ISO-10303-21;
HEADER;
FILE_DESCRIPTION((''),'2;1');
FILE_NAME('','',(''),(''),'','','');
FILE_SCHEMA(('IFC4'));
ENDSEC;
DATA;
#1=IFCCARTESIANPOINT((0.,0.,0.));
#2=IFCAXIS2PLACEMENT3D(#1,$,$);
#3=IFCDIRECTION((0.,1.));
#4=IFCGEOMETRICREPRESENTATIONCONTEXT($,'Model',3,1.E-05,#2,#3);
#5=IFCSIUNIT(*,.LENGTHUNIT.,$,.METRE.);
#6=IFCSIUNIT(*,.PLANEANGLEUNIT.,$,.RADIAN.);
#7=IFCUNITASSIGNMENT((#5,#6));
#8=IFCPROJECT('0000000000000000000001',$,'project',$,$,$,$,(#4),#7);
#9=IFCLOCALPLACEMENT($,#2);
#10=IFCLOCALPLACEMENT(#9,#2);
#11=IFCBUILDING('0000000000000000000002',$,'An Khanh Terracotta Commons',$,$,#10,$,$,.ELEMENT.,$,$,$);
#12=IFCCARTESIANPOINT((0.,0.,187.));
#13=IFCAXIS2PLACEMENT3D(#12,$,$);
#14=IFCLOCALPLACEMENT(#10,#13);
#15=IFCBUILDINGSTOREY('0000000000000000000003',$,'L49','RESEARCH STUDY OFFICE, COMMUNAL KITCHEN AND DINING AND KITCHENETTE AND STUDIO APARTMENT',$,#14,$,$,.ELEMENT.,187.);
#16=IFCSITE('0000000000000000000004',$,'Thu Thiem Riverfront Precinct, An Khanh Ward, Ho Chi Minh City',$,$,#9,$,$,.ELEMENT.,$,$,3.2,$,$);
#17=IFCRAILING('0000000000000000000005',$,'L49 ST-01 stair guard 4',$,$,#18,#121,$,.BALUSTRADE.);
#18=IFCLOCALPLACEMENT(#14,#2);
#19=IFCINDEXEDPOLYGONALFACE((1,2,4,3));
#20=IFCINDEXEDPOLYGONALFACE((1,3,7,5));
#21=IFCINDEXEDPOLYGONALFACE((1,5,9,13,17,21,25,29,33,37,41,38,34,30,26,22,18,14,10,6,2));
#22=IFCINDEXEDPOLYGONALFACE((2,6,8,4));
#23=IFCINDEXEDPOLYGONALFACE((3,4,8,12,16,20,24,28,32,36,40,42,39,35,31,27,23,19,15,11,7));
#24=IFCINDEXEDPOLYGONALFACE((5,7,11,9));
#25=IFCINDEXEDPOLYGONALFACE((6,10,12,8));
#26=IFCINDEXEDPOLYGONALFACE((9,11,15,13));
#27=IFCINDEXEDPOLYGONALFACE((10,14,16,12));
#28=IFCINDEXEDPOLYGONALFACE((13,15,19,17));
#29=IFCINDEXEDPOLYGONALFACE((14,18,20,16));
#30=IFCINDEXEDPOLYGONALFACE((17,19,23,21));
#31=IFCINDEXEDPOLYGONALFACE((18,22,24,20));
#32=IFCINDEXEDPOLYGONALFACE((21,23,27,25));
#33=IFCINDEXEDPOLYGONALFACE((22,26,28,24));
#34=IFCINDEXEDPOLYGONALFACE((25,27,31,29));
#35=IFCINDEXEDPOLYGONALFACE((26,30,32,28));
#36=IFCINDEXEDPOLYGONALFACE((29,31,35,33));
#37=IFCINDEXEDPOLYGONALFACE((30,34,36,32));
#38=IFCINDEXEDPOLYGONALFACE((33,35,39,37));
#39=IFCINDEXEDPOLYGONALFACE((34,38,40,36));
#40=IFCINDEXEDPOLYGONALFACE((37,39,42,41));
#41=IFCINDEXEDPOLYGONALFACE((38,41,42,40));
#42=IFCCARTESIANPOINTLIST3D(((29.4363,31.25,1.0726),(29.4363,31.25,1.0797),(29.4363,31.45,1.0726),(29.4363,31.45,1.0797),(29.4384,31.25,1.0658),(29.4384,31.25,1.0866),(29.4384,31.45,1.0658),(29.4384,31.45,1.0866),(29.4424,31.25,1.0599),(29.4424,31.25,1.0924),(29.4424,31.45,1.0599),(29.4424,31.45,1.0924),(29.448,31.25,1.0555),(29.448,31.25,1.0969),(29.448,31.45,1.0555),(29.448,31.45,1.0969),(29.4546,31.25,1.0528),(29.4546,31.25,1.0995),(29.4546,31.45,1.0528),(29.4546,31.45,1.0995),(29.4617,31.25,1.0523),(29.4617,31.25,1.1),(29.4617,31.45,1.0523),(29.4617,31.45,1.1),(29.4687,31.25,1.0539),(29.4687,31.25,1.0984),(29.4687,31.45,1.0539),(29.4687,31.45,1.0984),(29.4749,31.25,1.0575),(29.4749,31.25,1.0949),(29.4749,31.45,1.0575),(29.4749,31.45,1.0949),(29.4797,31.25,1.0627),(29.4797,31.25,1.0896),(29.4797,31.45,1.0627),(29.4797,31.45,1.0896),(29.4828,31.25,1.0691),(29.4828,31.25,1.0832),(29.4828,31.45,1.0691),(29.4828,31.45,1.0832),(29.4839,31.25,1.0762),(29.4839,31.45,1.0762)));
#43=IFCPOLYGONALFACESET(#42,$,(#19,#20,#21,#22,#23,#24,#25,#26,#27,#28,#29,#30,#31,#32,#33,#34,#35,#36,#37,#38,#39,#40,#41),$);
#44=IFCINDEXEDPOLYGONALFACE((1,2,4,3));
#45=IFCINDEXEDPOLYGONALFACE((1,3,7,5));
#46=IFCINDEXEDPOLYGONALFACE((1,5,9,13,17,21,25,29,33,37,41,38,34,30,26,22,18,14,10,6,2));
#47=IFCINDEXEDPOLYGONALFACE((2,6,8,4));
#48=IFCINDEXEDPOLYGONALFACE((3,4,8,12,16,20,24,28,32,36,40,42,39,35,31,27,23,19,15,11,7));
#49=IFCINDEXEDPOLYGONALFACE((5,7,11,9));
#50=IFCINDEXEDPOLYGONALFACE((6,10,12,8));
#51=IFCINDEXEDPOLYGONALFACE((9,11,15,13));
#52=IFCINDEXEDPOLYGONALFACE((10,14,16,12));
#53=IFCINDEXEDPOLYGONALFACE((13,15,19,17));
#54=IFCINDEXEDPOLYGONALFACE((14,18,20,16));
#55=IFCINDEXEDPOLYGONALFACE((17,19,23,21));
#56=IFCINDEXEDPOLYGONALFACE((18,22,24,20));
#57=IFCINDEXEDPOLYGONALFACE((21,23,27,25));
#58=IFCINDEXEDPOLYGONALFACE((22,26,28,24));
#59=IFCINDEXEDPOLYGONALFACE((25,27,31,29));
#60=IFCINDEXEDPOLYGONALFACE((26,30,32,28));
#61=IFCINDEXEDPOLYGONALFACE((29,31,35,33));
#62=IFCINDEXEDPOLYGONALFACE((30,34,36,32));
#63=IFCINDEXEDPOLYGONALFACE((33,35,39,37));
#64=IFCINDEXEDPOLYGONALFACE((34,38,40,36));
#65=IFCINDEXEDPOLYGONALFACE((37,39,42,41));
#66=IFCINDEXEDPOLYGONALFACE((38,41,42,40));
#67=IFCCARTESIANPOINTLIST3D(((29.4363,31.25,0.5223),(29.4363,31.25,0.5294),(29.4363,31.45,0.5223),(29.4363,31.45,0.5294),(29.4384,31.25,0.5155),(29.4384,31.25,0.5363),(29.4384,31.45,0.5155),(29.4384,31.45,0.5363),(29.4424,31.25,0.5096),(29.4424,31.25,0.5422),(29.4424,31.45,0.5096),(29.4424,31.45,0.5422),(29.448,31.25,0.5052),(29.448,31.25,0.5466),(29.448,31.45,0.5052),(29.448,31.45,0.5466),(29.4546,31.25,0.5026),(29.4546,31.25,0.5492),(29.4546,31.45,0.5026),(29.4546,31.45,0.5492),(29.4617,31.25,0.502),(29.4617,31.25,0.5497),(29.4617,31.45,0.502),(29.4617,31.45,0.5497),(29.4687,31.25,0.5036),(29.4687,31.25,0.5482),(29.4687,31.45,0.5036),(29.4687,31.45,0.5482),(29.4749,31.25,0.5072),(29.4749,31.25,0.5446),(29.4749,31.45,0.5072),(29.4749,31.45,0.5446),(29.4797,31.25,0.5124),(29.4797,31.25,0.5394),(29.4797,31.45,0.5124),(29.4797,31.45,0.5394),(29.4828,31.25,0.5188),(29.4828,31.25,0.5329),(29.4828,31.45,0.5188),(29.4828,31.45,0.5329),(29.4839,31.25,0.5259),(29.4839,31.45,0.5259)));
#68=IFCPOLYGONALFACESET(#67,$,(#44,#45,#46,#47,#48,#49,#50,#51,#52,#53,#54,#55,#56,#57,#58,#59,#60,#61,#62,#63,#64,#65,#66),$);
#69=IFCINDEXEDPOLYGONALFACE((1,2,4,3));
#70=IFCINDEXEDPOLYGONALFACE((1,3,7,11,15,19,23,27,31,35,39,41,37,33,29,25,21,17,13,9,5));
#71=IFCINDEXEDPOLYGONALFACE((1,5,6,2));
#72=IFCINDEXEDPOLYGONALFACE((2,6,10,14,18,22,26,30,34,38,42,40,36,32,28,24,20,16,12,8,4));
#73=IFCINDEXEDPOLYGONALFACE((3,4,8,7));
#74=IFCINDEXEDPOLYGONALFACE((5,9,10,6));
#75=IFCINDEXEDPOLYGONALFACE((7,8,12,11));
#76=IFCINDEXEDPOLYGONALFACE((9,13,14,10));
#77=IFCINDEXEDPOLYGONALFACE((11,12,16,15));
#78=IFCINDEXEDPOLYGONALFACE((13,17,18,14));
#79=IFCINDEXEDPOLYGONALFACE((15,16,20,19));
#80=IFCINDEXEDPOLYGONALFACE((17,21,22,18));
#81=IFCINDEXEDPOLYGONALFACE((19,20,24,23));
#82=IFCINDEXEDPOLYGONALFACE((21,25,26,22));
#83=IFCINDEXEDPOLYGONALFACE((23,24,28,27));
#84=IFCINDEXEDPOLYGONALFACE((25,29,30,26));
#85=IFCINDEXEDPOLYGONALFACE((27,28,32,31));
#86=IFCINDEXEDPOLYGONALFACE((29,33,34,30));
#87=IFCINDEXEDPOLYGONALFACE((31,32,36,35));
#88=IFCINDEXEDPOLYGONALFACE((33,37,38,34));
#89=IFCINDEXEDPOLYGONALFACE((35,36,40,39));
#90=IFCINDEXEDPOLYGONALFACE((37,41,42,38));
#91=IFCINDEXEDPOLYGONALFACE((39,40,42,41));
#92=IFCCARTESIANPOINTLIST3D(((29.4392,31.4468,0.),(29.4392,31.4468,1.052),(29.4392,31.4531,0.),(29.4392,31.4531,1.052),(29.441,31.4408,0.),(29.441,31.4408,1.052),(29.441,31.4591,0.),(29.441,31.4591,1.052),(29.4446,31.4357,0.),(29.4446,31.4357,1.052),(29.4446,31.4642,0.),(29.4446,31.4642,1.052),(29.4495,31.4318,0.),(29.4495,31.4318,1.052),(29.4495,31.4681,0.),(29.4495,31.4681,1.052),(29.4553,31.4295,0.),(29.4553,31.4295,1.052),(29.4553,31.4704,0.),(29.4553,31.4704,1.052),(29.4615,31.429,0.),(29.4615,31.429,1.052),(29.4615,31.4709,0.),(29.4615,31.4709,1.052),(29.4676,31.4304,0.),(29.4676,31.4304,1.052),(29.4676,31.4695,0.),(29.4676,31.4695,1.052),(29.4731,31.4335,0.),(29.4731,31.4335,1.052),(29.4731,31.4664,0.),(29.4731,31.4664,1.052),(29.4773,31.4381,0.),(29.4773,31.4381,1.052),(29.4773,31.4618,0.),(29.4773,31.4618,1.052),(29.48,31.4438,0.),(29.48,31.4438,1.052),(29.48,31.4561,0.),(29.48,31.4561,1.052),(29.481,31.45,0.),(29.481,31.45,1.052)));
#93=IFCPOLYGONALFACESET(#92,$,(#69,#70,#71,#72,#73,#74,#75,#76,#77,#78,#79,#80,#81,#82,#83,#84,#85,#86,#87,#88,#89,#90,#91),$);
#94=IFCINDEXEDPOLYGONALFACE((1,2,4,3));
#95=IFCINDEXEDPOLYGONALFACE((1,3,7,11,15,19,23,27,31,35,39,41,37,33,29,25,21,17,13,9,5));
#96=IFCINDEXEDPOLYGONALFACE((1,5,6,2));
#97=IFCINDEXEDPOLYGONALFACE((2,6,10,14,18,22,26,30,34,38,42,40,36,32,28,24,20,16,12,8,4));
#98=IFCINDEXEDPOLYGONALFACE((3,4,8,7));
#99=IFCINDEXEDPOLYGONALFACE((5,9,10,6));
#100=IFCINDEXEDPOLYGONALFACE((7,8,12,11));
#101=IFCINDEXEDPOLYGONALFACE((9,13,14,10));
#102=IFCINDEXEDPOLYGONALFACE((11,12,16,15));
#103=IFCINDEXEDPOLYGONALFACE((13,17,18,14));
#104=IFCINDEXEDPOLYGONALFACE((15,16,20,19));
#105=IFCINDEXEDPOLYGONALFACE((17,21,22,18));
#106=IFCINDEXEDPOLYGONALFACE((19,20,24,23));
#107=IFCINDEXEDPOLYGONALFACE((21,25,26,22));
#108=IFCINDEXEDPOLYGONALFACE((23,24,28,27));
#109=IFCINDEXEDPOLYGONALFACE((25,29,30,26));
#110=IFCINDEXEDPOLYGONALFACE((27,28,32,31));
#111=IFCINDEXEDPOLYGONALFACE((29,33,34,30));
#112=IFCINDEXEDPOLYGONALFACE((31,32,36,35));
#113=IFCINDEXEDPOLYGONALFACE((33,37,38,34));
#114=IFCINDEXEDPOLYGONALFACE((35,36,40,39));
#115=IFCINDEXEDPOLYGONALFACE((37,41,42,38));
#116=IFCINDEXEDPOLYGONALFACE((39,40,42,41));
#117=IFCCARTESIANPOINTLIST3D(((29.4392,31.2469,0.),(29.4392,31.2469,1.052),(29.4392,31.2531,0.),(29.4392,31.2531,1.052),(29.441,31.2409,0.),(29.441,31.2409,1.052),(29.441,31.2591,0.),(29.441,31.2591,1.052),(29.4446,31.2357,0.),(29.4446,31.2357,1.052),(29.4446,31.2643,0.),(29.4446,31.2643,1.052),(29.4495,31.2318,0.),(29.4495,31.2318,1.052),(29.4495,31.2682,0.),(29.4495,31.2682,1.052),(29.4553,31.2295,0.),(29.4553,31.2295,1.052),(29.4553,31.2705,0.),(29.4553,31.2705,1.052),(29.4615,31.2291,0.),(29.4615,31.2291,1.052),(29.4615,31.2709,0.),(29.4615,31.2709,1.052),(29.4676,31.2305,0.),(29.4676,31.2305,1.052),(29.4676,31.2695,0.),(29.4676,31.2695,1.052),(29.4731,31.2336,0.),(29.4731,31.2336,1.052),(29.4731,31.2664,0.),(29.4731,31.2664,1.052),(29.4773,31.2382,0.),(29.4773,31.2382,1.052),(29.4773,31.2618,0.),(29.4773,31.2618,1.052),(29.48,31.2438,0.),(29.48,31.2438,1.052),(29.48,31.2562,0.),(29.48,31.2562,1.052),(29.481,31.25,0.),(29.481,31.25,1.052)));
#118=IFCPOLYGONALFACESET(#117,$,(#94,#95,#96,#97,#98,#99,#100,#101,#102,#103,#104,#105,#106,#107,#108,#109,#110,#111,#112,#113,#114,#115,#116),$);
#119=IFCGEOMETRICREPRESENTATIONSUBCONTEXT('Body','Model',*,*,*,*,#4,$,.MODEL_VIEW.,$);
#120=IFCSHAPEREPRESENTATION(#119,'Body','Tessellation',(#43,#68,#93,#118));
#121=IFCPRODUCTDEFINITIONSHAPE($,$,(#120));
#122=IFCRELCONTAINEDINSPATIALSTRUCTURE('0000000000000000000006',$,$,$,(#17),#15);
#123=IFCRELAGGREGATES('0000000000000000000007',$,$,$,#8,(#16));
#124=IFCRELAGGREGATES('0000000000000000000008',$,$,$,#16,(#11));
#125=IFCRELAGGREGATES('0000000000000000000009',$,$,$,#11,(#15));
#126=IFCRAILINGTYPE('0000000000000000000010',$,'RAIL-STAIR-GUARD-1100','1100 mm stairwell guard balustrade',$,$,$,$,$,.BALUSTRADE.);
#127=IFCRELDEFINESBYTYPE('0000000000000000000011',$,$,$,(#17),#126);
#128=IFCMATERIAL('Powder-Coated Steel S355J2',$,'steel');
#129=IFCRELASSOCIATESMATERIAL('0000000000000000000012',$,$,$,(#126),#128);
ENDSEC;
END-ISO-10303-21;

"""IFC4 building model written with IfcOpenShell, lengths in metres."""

from ifc_helpers import new_model, si_unit, direction, frame, origin, origin_2d, place, context, subcontext, project, spatial, circle, extrude, material, type_object, element, save


model = new_model("IFC4")

# Units and contexts
model_context = context("Model", 3, precision=1e-05, world=origin(), true_north=direction((0.0, 1.0)))
body_context = subcontext(model_context, "Body", "Model", "MODEL_VIEW")
ifc_project = project(units=[si_unit("LENGTHUNIT", "METRE"), si_unit("PLANEANGLEUNIT", "RADIAN")], contexts=[model_context])

# Site, building, storey
site_placement = place(None, origin())
site = spatial("IfcSite", under=ifc_project, at=site_placement, Name="Thu Thiem Riverfront Precinct, An Khanh Ward, Ho Chi Minh City", CompositionType="ELEMENT", RefElevation=3.2)
building_placement = place(site_placement, origin())
building = spatial("IfcBuilding", under=site, at=building_placement, Name="An Khanh Terracotta Commons", CompositionType="ELEMENT")
storey_placement = place(building_placement, frame((0.0, 0.0, 187.0)))
storey = spatial("IfcBuildingStorey", under=building, at=storey_placement, Name="L49", Description="RESEARCH STUDY OFFICE, COMMUNAL KITCHEN AND DINING AND KITCHENETTE AND STUDIO APARTMENT", CompositionType="ELEMENT", Elevation=187.0)

# Railing
ifc_material_1 = material(Name="Powder-Coated Steel S355J2", Category="steel")
railing_type_1 = type_object("IfcRailingType", Name="RAIL-STAIR-GUARD-1100", Description="1100 mm stairwell guard balustrade", PredefinedType="BALUSTRADE", material=ifc_material_1)
railing_1_placement = place(storey_placement, frame((29.46, 31.45, 0.0)))
element("IfcRailing", 1, at=railing_1_placement, inside=storey, type_object=railing_type_1, Name="L49 ST-01 stair guard 4", PredefinedType="BALUSTRADE", context=body_context, shape_type="SweptSolid", body=[
    extrude(circle(Radius=0.0239, at=origin_2d()), frame((0.0, 0.0, 1.0762), z_axis=(0.0, -1.0, 0.0), x_axis=(1.0, 0.0, 0.0)), (0.0, 0.0, 1.0), 0.2),
    extrude(circle(Radius=0.0239, at=origin_2d()), frame((0.0, 0.0, 0.5259), z_axis=(0.0, -1.0, 0.0), x_axis=(1.0, 0.0, 0.0)), (0.0, 0.0, 1.0), 0.2),
    extrude(circle(Radius=0.021, at=origin_2d()), origin(), (0.0, 0.0, 1.0), 1.052),
    extrude(circle(Radius=0.021, at=origin_2d()), frame((0.0, -0.2, 0.0)), (0.0, 0.0, 1.0), 1.052),
])

save(model, "model.ifc")
